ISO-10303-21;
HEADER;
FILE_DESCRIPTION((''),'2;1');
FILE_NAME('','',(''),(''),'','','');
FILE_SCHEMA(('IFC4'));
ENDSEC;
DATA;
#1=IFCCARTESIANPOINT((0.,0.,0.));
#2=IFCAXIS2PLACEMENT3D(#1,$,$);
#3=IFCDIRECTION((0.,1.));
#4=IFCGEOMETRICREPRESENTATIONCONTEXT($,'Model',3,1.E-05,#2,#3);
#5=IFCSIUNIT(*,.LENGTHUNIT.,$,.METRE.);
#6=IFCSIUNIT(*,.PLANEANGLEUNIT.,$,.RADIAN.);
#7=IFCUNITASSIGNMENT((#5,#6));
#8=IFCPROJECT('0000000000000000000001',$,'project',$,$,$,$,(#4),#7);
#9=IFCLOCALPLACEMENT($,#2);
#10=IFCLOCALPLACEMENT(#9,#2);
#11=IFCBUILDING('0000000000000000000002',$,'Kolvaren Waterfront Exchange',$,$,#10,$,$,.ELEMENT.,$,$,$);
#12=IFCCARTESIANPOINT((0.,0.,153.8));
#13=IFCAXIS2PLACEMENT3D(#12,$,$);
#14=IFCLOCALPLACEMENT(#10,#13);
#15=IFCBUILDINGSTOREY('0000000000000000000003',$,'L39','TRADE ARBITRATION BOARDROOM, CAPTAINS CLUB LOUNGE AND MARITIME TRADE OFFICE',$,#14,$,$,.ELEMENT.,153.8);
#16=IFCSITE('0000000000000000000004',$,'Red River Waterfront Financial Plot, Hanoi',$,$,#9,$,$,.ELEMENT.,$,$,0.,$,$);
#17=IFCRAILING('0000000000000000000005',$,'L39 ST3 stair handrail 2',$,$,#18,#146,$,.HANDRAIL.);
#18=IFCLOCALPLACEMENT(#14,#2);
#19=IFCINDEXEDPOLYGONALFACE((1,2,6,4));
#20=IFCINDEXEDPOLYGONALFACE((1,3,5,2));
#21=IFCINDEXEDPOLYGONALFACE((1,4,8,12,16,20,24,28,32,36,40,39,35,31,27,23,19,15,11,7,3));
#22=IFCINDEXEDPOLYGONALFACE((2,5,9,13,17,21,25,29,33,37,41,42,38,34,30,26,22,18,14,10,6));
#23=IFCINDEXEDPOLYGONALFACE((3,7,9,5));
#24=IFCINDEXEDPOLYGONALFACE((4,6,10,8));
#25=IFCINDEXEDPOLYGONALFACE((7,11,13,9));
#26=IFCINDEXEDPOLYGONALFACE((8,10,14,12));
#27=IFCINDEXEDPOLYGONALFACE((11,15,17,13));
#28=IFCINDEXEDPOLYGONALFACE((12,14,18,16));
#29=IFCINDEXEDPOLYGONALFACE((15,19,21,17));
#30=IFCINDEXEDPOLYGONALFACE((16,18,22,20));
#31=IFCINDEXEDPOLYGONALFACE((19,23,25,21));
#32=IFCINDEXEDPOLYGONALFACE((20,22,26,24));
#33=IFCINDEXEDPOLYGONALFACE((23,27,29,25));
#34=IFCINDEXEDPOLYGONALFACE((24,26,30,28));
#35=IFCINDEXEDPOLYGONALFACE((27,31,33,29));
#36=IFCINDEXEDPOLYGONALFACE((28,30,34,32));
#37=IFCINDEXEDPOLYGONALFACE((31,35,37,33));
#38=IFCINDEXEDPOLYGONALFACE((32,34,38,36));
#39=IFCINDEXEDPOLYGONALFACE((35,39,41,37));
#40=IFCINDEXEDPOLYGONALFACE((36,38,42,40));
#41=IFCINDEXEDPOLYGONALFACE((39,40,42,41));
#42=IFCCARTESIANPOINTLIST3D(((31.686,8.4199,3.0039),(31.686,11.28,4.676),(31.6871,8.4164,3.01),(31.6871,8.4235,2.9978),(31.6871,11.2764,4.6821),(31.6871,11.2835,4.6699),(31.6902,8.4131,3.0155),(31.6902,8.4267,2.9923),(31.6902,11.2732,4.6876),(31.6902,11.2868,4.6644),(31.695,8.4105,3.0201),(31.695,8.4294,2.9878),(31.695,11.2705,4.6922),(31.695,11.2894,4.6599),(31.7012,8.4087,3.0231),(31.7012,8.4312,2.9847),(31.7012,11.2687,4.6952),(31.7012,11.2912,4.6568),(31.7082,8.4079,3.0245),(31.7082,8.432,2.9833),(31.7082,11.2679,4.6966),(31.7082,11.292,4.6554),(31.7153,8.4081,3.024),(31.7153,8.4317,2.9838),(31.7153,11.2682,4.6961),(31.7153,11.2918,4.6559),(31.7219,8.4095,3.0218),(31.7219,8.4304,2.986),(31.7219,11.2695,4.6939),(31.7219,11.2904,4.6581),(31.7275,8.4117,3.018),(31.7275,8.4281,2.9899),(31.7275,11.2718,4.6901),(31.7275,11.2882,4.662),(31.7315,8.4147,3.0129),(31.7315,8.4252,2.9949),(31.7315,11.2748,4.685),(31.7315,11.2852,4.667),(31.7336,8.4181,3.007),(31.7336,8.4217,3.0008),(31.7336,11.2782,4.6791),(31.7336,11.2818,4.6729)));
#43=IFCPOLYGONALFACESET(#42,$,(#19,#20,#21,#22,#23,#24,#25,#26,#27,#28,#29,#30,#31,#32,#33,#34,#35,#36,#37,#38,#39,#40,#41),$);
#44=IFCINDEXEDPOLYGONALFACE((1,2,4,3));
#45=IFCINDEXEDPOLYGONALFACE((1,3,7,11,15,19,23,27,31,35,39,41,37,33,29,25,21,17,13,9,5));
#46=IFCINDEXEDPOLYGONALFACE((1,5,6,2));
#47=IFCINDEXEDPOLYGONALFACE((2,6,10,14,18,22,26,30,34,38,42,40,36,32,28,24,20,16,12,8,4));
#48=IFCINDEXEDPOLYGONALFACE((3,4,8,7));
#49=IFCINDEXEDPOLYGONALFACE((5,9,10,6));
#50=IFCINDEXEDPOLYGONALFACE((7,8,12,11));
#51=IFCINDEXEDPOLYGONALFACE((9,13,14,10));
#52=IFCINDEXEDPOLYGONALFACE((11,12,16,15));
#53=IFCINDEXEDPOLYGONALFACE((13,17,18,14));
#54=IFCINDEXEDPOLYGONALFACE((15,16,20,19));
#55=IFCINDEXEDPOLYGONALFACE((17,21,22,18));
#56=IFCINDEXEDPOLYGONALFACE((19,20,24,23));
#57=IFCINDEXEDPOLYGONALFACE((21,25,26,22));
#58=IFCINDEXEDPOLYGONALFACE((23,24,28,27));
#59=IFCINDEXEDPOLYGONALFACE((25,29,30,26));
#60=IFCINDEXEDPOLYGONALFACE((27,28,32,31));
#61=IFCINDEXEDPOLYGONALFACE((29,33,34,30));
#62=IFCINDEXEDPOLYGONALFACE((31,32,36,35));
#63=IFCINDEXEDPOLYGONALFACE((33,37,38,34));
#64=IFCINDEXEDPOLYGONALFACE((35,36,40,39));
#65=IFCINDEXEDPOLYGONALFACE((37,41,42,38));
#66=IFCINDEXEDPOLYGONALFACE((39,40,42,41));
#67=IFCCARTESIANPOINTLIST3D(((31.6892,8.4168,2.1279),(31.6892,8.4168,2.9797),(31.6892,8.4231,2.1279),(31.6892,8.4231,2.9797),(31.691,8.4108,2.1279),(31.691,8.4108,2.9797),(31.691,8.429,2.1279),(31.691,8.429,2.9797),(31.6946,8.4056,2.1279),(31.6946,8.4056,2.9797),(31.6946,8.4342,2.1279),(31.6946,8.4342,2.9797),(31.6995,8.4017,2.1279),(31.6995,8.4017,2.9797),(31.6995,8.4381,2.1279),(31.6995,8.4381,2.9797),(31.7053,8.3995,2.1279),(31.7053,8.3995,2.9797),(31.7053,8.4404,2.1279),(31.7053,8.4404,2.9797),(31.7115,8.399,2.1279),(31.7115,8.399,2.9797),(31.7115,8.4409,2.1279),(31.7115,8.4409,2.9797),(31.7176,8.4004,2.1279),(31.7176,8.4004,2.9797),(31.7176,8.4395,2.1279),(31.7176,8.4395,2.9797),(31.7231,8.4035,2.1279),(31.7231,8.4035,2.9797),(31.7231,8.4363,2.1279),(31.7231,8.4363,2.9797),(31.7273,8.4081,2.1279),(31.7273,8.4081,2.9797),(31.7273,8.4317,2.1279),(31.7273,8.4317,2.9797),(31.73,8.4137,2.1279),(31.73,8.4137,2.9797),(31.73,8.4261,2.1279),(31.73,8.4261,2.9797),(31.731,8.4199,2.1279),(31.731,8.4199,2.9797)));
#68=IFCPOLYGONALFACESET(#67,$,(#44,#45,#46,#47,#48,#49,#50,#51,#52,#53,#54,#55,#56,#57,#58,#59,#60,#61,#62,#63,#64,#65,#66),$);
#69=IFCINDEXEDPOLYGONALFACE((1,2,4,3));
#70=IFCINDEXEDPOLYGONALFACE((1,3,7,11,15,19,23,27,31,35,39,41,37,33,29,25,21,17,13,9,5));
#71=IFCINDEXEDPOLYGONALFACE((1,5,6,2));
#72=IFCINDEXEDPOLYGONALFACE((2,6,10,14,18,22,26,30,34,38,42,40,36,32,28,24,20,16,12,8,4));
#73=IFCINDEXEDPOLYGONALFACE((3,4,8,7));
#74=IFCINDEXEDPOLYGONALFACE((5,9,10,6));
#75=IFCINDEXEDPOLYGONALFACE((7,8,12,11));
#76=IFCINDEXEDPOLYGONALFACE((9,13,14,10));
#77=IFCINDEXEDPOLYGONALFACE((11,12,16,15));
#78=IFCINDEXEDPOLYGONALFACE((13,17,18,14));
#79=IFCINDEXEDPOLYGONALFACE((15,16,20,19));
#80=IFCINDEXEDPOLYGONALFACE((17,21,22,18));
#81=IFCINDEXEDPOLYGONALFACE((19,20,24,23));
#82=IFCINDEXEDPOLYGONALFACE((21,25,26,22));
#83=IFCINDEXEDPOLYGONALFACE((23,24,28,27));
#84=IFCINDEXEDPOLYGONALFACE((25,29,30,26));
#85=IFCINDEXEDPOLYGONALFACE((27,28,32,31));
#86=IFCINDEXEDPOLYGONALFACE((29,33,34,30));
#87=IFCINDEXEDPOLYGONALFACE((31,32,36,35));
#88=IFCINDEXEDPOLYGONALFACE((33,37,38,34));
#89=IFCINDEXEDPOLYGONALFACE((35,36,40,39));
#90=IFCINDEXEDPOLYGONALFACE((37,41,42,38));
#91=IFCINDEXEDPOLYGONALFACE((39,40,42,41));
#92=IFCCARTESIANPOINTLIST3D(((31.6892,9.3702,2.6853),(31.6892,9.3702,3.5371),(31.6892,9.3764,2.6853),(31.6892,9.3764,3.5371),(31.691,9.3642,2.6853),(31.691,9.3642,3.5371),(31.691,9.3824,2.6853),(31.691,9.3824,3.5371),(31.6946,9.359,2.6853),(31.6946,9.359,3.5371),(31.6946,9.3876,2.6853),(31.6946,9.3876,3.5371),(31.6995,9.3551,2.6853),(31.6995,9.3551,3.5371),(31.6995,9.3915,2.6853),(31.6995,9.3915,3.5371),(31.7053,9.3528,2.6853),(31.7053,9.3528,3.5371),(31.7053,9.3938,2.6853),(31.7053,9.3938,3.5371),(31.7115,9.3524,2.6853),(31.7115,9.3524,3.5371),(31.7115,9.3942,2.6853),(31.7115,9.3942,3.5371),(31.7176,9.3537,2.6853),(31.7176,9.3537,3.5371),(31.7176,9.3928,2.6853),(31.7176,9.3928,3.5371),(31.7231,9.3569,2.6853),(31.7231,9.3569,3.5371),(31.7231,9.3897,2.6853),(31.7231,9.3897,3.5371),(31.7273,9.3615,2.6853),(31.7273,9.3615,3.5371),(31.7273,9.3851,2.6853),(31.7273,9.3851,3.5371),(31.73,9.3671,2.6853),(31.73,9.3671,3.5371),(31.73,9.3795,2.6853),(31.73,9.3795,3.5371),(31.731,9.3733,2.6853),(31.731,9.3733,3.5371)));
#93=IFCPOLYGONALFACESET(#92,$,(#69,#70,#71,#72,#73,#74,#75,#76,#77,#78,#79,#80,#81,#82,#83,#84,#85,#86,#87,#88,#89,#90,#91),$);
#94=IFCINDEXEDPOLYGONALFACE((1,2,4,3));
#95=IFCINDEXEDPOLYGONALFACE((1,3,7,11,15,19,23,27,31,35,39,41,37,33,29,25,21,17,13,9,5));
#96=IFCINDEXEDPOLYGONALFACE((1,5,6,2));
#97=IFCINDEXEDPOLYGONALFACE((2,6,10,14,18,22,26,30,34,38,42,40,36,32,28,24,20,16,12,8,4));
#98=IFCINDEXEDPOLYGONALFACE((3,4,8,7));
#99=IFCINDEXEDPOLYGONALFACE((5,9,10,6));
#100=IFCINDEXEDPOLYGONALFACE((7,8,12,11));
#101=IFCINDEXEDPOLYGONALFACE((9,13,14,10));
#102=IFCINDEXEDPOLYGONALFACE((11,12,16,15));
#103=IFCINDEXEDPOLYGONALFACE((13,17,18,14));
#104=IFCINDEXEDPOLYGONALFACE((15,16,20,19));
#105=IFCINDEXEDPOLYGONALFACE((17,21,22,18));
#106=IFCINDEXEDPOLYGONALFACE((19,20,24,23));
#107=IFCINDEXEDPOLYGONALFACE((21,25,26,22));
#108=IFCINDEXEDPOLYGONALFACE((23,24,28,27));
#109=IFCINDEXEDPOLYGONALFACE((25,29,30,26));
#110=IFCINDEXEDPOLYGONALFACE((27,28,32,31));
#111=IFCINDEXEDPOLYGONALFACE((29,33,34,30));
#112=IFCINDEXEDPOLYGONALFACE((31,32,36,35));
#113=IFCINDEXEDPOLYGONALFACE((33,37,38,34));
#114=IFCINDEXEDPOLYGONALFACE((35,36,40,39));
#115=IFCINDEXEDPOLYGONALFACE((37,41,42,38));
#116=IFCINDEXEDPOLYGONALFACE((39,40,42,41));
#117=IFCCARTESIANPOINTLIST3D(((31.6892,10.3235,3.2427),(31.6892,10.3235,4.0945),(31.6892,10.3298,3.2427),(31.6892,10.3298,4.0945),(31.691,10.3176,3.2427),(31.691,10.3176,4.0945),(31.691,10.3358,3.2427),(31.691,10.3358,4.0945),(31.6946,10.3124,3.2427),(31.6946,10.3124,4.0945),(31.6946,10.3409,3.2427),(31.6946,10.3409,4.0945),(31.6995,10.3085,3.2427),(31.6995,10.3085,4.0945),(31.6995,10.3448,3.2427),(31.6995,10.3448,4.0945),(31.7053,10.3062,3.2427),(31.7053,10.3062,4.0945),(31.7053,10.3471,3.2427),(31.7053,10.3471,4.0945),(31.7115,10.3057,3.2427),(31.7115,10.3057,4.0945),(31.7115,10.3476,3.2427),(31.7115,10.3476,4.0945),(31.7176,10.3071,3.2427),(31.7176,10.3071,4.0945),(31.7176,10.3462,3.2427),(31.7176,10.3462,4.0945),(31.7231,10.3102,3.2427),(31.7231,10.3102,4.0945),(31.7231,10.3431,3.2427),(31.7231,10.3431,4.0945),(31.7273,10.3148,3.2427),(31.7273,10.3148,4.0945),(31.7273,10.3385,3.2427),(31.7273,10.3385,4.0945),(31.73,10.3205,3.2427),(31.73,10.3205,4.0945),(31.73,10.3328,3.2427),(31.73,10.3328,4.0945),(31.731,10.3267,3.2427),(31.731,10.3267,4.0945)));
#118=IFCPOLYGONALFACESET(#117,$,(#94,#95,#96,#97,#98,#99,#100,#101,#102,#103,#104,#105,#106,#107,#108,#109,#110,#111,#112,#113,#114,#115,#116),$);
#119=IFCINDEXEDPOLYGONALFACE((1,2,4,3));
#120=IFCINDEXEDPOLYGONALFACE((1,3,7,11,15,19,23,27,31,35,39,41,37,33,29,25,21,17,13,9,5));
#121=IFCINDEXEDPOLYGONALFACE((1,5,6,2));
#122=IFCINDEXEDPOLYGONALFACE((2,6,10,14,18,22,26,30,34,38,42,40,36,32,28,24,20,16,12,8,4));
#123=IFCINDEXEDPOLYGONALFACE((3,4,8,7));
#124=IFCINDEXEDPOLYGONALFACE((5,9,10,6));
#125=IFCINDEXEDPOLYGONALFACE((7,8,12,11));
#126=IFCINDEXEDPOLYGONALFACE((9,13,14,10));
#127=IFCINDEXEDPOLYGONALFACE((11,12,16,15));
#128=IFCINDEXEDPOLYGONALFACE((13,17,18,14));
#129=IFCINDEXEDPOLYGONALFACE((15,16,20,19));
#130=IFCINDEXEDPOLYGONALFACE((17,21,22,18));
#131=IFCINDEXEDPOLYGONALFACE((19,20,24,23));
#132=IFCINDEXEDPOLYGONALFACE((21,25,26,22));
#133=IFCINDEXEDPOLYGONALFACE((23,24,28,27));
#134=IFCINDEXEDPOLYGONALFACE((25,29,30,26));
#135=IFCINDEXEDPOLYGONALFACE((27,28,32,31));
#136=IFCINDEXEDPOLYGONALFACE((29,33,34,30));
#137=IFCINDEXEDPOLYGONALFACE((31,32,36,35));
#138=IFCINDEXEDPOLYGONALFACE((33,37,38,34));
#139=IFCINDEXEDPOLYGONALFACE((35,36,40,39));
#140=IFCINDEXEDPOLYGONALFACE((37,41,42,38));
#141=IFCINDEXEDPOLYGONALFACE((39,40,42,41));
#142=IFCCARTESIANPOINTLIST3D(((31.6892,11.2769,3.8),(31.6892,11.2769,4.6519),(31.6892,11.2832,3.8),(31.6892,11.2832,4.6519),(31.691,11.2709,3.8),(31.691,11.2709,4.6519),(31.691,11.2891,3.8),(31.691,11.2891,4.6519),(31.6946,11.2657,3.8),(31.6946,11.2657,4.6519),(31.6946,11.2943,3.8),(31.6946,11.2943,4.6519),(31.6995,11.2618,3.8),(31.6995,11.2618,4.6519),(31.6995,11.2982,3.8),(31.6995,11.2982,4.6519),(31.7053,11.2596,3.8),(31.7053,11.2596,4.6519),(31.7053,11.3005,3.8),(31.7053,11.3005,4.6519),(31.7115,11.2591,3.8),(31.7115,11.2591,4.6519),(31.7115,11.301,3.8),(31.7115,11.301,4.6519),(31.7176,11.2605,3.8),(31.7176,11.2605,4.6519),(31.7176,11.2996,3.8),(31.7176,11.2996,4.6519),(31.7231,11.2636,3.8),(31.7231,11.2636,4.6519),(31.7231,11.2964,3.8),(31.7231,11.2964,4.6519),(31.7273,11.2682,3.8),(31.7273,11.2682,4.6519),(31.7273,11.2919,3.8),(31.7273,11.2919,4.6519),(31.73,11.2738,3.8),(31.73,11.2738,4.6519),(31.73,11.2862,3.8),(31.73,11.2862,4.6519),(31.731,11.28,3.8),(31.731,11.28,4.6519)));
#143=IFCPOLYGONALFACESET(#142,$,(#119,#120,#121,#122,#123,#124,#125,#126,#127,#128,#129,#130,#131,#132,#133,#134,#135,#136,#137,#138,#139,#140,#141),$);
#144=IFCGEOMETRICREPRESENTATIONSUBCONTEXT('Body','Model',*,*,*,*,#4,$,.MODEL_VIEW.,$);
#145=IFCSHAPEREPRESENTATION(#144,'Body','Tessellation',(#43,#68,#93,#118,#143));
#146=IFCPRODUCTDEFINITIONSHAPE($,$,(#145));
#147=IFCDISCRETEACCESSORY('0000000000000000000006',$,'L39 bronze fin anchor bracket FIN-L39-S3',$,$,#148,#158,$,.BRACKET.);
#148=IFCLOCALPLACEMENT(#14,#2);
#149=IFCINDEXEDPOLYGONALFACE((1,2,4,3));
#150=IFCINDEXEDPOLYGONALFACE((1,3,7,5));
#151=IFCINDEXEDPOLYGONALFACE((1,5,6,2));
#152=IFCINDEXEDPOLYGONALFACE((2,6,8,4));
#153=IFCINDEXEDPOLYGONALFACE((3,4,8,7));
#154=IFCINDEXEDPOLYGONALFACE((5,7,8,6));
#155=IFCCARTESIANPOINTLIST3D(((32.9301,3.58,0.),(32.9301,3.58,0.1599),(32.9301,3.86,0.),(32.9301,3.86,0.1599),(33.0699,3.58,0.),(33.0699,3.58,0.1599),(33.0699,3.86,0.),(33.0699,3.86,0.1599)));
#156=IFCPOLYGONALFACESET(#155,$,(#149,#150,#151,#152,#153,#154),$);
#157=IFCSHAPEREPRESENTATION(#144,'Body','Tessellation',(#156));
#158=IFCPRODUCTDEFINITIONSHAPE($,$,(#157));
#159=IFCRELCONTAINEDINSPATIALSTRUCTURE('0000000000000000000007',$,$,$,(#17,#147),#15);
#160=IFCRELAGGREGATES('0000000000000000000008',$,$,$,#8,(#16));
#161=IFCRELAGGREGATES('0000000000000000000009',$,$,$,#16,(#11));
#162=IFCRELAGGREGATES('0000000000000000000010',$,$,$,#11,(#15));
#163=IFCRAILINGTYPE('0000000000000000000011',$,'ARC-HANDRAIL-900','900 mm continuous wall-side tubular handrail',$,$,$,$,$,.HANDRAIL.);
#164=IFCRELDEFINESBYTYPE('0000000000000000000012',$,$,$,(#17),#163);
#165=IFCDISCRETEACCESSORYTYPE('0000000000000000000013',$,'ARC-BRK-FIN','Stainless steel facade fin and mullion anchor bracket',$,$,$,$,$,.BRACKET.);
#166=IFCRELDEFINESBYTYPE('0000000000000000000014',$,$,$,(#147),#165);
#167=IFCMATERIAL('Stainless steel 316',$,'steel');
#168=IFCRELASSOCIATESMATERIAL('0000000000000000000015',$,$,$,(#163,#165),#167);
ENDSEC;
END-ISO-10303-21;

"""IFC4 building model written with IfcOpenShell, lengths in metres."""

from ifc_helpers import new_model, si_unit, direction, frame, origin, origin_with_axes, origin_2d, place, context, subcontext, project, spatial, rectangle, circle, extrude, source, transform, mapped, material, type_object, element, save


model = new_model("IFC4")

# Units and contexts
model_context = context("Model", 3, precision=1e-05, world=origin(), true_north=direction((0.0, 1.0)))
body_context = subcontext(model_context, "Body", "Model", "MODEL_VIEW")
ifc_project = project(units=[si_unit("LENGTHUNIT", "METRE"), si_unit("PLANEANGLEUNIT", "RADIAN")], contexts=[model_context])

# Site, building, storey
site_placement = place(None, origin())
site = spatial("IfcSite", under=ifc_project, at=site_placement, Name="Red River Waterfront Financial Plot, Hanoi", CompositionType="ELEMENT", RefElevation=0.0)
building_placement = place(site_placement, origin())
building = spatial("IfcBuilding", under=site, at=building_placement, Name="Kolvaren Waterfront Exchange", CompositionType="ELEMENT")
storey_placement = place(building_placement, frame((0.0, 0.0, 153.8)))
storey = spatial("IfcBuildingStorey", under=building, at=storey_placement, Name="L39", Description="TRADE ARBITRATION BOARDROOM, CAPTAINS CLUB LOUNGE AND MARITIME TRADE OFFICE", CompositionType="ELEMENT", Elevation=153.8)

# Railing
ifc_material_1 = material(Name="Stainless steel 316", Category="steel")
railing_type_1 = type_object("IfcRailingType", Name="ARC-HANDRAIL-900", Description="900 mm continuous wall-side tubular handrail", PredefinedType="HANDRAIL", material=ifc_material_1)
railing_1_placement = place(storey_placement, frame((31.71, 8.4199, 2.1279)))
element("IfcRailing", 1, at=railing_1_placement, inside=storey, type_object=railing_type_1, Name="L39 ST3 stair handrail 2", PredefinedType="HANDRAIL", context=body_context, shape_type="SweptSolid", body=[
    extrude(circle(Radius=0.0239, at=origin_2d()), frame((0.0, 0.0, 0.876), z_axis=(0.0, 0.863289, 0.504709), x_axis=(-1.0, 0.0, 0.0)), (0.0, 0.0, 1.0), 3.313),
    extrude(circle(Radius=0.021, at=origin_2d()), origin(), (0.0, 0.0, 1.0), 0.8518),
    extrude(circle(Radius=0.021, at=origin_2d()), frame((0.0, 0.9534, 0.5574)), (0.0, 0.0, 1.0), 0.8518),
    extrude(circle(Radius=0.021, at=origin_2d()), frame((0.0, 1.9067, 1.1147)), (0.0, 0.0, 1.0), 0.8518),
    extrude(circle(Radius=0.021, at=origin_2d()), frame((0.0, 2.8601, 1.6721)), (0.0, 0.0, 1.0), 0.8518),
])

# Discrete accessory
discrete_accessory_type = type_object("IfcDiscreteAccessoryType", Name="ARC-BRK-FIN", Description="Stainless steel facade fin and mullion anchor bracket", PredefinedType="BRACKET", material=ifc_material_1)
shared_shape_1 = source(origin_with_axes(), body_context, "Body", "SweptSolid", [
    extrude(rectangle(XDim=0.28, YDim=0.1399, at=origin_2d()), origin(), (0.0, 0.0, 1.0), 0.1599),
])
discrete_accessory_placement = place(storey_placement, frame((33.0, 3.72, 0.0), z_axis=(0.0, 0.0, 1.0), x_axis=(0.0, -1.0, 0.0)))
element("IfcDiscreteAccessory", 2, at=discrete_accessory_placement, inside=storey, type_object=discrete_accessory_type, Name="L39 bronze fin anchor bracket FIN-L39-S3", PredefinedType="BRACKET", context=body_context, shape_type="MappedRepresentation", body=[
    mapped(shared_shape_1, transform((0.0, 0.0, 0.0), x_axis=(1.0, 0.0, 0.0), y_axis=(0.0, 1.0, 0.0), z_axis=(0.0, 0.0, 1.0), scale=1.0)),
])

save(model, "model.ifc")
